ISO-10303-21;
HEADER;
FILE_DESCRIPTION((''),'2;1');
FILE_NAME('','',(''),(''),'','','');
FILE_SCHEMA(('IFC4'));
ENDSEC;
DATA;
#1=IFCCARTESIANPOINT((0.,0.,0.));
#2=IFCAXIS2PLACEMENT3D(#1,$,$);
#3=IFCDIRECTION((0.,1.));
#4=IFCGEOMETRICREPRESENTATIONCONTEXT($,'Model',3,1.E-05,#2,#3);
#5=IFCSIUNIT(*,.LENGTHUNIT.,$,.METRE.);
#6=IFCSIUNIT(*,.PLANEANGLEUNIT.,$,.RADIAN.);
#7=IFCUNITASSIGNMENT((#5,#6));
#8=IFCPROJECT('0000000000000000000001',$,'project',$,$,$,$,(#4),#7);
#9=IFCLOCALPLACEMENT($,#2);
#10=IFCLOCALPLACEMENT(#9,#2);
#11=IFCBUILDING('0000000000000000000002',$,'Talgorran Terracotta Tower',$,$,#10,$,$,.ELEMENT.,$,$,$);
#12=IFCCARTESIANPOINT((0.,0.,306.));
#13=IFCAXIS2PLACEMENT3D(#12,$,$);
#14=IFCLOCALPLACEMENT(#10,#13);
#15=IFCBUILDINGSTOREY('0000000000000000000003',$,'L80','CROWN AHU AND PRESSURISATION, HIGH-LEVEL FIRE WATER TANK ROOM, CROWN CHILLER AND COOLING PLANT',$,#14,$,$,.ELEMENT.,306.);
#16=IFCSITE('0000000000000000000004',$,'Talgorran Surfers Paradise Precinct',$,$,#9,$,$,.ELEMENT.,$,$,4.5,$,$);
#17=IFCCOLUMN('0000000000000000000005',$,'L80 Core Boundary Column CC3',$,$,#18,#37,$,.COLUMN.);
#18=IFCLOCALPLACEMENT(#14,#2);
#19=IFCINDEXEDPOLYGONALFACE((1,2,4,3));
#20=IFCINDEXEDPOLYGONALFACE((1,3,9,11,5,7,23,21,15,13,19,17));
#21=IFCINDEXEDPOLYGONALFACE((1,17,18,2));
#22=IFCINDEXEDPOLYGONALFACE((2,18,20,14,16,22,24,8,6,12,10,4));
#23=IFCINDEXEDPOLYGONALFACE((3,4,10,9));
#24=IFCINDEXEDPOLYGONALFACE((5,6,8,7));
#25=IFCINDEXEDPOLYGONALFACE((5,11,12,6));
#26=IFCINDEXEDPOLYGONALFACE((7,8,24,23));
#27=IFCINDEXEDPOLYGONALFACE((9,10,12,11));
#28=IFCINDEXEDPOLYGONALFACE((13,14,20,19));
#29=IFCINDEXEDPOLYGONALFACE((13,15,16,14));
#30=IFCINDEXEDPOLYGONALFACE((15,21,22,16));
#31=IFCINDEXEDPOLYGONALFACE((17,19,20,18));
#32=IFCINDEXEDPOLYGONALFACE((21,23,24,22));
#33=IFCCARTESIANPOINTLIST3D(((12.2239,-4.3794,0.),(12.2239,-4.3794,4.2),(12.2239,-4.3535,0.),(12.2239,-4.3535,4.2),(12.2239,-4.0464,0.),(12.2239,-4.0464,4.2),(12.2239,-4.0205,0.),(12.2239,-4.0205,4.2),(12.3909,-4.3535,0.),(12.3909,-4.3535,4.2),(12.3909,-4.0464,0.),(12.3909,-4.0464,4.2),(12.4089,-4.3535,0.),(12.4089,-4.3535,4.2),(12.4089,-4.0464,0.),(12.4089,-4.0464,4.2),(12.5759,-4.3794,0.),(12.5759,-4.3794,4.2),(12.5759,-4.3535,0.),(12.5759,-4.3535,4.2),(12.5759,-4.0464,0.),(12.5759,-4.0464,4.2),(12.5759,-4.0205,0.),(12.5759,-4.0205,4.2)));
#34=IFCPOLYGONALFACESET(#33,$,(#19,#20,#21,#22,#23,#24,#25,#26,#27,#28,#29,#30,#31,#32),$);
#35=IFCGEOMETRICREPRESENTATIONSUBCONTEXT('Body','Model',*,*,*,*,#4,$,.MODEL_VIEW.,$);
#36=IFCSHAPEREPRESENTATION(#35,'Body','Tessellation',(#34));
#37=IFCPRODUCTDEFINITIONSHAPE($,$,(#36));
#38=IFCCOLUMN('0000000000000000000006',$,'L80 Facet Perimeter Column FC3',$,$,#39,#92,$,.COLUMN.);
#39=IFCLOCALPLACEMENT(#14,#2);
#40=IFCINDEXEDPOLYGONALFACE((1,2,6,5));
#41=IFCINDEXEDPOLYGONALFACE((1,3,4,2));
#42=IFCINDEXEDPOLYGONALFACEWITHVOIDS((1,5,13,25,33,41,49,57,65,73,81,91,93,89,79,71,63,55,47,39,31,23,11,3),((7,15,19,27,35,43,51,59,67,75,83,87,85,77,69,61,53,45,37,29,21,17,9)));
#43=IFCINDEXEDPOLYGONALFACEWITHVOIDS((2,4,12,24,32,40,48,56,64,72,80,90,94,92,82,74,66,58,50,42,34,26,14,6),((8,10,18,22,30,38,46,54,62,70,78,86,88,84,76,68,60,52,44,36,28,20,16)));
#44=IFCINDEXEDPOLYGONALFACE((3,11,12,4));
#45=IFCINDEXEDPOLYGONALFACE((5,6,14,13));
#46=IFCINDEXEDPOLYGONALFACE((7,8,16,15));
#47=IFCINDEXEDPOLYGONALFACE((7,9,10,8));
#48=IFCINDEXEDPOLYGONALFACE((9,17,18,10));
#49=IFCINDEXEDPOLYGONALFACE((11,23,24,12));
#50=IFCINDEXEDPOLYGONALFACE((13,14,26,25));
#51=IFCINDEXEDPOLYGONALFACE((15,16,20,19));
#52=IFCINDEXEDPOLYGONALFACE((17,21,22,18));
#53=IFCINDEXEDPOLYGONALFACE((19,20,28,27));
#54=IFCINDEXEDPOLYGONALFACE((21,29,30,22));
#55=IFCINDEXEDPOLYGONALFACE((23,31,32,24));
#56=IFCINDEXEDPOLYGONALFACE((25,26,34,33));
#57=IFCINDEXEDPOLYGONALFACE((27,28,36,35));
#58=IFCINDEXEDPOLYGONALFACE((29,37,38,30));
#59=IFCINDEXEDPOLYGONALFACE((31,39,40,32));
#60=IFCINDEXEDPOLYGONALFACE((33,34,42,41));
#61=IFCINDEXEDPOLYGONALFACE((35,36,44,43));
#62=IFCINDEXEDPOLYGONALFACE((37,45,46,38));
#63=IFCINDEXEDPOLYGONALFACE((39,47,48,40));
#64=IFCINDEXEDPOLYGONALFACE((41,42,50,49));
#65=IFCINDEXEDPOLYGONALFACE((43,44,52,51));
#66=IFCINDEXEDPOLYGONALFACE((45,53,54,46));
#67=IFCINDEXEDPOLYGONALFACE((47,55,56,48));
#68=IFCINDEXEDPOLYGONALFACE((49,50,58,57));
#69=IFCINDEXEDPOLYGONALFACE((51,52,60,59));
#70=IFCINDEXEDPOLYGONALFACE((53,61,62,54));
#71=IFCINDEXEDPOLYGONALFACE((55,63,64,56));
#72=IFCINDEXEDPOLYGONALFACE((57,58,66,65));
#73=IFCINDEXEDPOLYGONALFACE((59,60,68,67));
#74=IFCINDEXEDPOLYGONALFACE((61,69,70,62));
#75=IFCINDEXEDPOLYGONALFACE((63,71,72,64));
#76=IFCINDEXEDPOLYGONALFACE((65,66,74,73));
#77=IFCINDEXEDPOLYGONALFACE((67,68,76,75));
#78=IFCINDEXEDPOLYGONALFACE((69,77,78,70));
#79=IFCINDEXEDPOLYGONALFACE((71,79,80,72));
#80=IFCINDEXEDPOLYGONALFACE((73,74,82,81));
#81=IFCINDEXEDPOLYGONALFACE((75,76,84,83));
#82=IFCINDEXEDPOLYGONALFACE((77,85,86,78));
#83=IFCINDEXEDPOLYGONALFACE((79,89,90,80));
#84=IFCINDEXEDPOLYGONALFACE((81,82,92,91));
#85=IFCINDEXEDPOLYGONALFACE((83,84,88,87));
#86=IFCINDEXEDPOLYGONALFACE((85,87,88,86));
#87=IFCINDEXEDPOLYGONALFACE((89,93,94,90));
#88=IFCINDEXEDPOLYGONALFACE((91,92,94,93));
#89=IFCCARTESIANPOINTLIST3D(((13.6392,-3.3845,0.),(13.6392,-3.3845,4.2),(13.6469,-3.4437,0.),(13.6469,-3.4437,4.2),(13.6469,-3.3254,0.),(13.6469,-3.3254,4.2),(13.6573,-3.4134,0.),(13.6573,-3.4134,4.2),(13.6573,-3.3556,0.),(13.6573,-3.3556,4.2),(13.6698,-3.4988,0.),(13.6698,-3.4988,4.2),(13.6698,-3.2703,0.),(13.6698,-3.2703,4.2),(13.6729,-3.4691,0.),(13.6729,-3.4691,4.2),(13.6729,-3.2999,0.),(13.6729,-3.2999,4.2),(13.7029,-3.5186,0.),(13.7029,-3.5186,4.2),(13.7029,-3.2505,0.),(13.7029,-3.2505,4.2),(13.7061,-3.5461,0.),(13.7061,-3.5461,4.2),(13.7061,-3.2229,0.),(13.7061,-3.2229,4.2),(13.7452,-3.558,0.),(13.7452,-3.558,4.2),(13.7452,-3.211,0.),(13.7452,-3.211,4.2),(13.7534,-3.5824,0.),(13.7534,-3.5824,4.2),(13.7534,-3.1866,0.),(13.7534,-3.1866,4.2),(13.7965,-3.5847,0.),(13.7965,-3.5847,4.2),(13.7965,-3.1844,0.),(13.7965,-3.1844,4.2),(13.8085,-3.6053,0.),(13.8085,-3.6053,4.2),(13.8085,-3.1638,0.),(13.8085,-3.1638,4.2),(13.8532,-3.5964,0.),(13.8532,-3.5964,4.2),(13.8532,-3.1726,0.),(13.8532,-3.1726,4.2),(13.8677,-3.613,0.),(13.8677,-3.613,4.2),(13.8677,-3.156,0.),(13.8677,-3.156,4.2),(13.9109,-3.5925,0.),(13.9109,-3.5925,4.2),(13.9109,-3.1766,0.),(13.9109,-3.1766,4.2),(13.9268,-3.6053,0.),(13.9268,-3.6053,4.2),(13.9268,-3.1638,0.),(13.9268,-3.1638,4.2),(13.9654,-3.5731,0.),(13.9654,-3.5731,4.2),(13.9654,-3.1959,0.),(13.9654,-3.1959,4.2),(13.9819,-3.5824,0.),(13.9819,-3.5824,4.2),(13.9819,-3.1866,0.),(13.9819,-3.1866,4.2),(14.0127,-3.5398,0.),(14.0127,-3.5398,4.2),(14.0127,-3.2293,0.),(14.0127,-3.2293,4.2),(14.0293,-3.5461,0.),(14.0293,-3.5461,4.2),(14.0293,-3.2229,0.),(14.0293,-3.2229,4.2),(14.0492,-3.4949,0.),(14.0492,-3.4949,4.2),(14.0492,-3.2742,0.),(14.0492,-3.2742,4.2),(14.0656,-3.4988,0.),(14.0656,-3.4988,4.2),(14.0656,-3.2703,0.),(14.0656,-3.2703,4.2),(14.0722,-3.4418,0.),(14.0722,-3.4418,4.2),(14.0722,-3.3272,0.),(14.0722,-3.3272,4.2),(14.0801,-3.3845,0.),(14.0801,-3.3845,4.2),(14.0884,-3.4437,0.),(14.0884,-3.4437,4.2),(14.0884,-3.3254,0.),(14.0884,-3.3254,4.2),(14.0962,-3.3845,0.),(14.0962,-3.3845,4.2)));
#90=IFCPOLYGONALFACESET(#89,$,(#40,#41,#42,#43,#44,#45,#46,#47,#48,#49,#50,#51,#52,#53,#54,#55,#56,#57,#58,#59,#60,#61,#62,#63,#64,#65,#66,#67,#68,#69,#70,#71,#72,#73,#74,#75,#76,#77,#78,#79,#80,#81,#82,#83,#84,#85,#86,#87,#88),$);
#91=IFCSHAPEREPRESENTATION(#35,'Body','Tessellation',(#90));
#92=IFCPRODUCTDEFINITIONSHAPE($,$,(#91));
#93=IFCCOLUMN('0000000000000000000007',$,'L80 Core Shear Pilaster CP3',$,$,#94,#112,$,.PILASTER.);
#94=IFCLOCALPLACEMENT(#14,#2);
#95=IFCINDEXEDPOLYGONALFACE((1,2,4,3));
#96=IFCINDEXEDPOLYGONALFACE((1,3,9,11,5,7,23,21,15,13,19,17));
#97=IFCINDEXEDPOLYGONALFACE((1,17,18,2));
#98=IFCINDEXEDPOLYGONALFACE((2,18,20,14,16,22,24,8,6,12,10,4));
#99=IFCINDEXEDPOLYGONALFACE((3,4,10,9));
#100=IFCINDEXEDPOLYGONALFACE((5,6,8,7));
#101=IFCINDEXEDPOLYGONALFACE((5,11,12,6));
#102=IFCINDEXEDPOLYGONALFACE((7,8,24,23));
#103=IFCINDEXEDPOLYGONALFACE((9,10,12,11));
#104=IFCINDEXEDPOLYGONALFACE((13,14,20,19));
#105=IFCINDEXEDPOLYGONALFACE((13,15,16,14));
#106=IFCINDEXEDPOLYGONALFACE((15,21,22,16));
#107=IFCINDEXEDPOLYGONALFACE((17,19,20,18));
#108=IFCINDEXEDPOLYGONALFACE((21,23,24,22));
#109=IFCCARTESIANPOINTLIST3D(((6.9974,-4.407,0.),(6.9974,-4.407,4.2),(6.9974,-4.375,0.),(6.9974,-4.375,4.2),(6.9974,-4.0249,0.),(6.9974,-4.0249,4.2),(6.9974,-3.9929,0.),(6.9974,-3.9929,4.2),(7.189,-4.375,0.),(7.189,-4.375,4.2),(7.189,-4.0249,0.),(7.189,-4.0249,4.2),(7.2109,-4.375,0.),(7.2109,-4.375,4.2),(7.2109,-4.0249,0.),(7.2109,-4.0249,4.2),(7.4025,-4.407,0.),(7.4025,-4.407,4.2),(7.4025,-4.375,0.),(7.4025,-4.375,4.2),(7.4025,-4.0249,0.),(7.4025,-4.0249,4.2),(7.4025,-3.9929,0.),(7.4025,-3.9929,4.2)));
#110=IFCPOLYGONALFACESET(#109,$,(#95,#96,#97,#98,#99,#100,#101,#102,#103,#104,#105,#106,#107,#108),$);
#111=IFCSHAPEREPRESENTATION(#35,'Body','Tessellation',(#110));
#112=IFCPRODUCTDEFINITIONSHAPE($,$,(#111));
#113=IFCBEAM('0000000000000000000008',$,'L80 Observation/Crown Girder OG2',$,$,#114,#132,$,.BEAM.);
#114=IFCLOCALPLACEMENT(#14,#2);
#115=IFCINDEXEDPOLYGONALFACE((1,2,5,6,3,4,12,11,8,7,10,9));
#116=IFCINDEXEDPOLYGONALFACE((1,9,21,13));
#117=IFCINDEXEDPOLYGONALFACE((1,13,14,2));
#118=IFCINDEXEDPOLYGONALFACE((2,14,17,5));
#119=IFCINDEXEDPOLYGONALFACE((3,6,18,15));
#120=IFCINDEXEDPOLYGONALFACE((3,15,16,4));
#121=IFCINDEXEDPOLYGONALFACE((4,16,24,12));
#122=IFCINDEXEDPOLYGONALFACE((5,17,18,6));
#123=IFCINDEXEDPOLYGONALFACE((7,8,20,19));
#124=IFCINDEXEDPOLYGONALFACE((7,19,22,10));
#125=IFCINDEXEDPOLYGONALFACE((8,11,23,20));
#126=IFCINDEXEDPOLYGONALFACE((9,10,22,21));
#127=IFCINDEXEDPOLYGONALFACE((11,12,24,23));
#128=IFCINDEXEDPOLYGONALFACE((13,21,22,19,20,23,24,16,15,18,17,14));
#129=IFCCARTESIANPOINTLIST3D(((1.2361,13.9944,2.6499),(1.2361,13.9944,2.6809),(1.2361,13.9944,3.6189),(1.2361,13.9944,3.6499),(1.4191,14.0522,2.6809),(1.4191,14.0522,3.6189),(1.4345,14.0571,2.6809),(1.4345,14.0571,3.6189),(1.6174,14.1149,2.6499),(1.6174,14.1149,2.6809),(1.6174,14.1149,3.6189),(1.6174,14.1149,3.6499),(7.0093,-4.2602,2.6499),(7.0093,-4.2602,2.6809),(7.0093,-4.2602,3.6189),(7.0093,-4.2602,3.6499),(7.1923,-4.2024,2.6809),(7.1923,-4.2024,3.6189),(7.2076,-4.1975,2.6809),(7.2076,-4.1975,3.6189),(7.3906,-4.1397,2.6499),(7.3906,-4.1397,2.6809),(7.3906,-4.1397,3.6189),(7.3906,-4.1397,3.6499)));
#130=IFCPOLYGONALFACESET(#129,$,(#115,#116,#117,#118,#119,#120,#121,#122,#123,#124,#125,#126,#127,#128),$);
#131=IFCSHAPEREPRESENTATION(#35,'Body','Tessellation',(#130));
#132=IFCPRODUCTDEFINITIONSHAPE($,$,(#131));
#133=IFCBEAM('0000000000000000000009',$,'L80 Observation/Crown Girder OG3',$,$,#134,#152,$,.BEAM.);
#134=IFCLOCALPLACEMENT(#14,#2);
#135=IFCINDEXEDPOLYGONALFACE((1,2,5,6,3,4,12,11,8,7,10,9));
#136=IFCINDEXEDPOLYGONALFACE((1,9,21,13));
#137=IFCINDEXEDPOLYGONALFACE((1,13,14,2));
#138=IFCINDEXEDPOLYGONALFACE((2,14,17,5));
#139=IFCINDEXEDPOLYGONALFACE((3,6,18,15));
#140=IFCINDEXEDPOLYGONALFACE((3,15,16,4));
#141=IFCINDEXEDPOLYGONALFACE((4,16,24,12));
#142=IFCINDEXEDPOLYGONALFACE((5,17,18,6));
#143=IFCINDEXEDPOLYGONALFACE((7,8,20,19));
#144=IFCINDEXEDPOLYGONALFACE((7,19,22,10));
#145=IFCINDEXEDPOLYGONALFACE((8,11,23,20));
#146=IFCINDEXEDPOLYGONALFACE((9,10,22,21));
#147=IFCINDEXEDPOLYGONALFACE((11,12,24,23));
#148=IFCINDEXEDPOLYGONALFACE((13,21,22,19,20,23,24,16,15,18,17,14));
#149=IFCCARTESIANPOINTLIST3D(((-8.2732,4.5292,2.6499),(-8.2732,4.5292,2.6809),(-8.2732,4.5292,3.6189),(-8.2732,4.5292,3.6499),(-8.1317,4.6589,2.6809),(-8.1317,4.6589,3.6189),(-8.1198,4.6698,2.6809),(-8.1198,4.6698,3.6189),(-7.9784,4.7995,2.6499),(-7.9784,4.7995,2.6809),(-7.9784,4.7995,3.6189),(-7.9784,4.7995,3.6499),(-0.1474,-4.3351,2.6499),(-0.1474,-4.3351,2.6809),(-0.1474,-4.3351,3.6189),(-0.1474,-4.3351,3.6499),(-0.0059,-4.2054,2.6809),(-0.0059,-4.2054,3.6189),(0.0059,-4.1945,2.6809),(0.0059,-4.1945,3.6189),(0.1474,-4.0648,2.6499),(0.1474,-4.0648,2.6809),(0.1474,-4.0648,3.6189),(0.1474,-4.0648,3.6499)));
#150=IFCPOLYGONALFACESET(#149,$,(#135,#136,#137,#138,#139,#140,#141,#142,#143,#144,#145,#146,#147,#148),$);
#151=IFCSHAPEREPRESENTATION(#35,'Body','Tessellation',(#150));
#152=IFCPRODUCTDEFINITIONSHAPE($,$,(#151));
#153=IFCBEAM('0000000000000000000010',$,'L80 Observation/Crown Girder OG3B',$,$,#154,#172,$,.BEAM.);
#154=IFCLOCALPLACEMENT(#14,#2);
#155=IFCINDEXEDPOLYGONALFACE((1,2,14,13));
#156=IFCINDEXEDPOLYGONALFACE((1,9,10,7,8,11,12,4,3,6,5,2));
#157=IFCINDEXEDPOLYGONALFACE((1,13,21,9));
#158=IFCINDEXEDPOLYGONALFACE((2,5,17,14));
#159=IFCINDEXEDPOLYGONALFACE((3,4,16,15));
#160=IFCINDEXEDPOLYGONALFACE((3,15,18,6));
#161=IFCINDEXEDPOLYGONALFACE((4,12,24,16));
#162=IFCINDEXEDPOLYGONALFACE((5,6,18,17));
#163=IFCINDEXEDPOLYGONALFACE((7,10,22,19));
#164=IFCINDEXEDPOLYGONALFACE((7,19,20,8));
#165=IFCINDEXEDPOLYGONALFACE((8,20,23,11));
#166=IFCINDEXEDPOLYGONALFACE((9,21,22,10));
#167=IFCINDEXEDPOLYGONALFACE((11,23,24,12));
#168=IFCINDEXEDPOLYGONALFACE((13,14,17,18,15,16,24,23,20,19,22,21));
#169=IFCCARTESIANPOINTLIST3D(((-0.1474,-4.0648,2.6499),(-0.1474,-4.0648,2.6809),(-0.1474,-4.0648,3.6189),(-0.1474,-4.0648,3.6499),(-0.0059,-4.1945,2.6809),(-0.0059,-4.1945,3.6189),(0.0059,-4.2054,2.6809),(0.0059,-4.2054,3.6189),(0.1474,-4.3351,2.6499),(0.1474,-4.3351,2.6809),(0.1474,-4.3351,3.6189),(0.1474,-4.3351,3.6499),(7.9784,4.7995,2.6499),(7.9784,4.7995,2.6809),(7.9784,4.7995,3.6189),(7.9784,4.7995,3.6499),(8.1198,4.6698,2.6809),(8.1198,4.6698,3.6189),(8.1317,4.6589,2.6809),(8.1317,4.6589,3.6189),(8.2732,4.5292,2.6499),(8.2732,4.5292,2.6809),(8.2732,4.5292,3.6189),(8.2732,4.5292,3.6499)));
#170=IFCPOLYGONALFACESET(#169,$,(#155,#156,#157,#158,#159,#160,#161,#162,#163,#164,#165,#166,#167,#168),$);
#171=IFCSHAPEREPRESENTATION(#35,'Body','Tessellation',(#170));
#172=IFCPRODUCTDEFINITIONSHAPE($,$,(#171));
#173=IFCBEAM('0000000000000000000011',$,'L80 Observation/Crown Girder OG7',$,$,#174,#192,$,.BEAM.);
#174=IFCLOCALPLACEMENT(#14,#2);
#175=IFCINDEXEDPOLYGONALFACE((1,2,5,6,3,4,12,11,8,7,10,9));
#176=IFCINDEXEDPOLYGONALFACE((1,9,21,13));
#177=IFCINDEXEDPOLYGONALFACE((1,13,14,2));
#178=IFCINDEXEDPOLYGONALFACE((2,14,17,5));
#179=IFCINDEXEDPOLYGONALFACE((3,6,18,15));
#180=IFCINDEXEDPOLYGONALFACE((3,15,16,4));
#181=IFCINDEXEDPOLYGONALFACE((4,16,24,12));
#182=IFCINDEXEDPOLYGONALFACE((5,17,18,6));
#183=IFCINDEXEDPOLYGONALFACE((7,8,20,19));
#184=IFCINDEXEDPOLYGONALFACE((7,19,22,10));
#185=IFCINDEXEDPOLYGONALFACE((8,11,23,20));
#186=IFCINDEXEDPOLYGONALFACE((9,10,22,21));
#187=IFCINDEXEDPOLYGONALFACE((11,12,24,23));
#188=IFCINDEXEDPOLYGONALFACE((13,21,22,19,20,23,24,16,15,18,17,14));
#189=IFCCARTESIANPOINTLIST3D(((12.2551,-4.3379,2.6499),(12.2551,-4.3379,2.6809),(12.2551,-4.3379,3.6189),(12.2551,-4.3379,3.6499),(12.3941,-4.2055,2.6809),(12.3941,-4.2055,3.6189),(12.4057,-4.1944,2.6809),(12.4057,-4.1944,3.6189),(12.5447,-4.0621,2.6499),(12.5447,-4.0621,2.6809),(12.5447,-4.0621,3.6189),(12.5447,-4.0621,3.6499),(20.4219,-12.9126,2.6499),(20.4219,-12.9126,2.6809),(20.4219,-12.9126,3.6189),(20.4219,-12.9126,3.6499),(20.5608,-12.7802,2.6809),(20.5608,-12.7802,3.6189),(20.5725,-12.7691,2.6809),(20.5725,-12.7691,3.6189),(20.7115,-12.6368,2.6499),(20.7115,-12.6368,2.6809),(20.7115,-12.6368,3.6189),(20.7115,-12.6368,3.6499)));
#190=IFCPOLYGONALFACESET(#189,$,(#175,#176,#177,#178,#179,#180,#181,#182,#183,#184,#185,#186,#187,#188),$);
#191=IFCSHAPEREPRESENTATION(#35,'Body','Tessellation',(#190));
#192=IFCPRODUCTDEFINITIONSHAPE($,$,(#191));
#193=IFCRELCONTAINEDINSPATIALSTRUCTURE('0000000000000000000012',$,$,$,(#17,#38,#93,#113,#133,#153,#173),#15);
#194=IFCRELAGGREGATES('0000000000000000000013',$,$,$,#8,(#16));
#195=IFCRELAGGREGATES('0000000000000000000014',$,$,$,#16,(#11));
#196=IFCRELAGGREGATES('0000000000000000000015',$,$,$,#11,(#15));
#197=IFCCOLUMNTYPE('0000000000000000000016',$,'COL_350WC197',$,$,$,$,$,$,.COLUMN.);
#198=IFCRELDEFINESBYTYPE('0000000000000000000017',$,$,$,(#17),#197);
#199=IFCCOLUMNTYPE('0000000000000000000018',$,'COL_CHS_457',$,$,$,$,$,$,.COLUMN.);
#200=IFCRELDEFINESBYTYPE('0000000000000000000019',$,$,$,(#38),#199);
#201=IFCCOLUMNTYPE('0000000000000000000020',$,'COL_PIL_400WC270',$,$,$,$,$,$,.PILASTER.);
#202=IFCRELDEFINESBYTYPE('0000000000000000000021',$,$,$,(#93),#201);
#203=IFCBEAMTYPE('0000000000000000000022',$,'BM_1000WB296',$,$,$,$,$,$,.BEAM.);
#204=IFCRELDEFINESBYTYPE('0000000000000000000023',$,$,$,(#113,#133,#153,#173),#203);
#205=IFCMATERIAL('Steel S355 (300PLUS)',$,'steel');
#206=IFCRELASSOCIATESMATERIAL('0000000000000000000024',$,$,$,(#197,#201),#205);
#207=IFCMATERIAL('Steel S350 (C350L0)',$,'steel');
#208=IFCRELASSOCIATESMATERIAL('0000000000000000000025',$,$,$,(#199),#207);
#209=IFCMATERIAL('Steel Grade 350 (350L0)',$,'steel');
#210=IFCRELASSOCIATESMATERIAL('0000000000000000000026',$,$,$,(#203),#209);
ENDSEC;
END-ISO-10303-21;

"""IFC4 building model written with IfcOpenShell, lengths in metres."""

from ifc_helpers import new_model, si_unit, direction, frame, origin, origin_2d, place, context, subcontext, project, spatial, hollow_circle, i_section, extrude, material, material_profile, profile_set, type_object, element, save


model = new_model("IFC4")

# Units and contexts
model_context = context("Model", 3, precision=1e-05, world=origin(), true_north=direction((0.0, 1.0)))
body_context = subcontext(model_context, "Body", "Model", "MODEL_VIEW")
ifc_project = project(units=[si_unit("LENGTHUNIT", "METRE"), si_unit("PLANEANGLEUNIT", "RADIAN")], contexts=[model_context])

# Site, building, storey
site_placement = place(None, origin())
site = spatial("IfcSite", under=ifc_project, at=site_placement, Name="Talgorran Surfers Paradise Precinct", CompositionType="ELEMENT", RefElevation=4.5)
building_placement = place(site_placement, origin())
building = spatial("IfcBuilding", under=site, at=building_placement, Name="Talgorran Terracotta Tower", CompositionType="ELEMENT")
storey_placement = place(building_placement, frame((0.0, 0.0, 306.0)))
storey = spatial("IfcBuildingStorey", under=building, at=storey_placement, Name="L80", Description="CROWN AHU AND PRESSURISATION, HIGH-LEVEL FIRE WATER TANK ROOM, CROWN CHILLER AND COOLING PLANT", CompositionType="ELEMENT", Elevation=306.0)

# Columns
ifc_material_1 = material(Name="Steel S355 (300PLUS)", Category="steel")
ifc_material_profile_1 = material_profile(ifc_material_1, i_section(OverallWidth=0.3521, OverallDepth=0.3589, WebThickness=0.0181, FlangeThickness=0.0259, at=origin_2d()), Name="350WC197")
ifc_profile_set_1 = profile_set([ifc_material_profile_1], Name="Steel S355 (300PLUS)")
column_type_1 = type_object("IfcColumnType", Name="COL_350WC197", PredefinedType="COLUMN", material=ifc_profile_set_1)
column_1_placement = place(storey_placement, frame((12.3999, -4.2, 0.0), z_axis=(0.0, 0.0, 1.0), x_axis=(1.0, 0.0, 0.0)))
element("IfcColumn", 1, at=column_1_placement, inside=storey, type_object=column_type_1, Name="L80 Core Boundary Column CC3", PredefinedType="COLUMN", context=body_context, shape_type="SweptSolid", body=[
    extrude(i_section(OverallWidth=0.3521, OverallDepth=0.3589, WebThickness=0.0181, FlangeThickness=0.0259, at=origin_2d()), origin(), (0.0, 0.0, 1.0), 4.2),
])
ifc_material_2 = material(Name="Steel S350 (C350L0)", Category="steel")
ifc_material_profile_2 = material_profile(ifc_material_2, hollow_circle(Radius=0.2285, WallThickness=0.0161, at=origin_2d()), Name="CHS457X16")
ifc_profile_set_2 = profile_set([ifc_material_profile_2], Name="Steel S350 (C350L0)")
column_type_2 = type_object("IfcColumnType", Name="COL_CHS_457", PredefinedType="COLUMN", material=ifc_profile_set_2)
column_2_placement = place(storey_placement, frame((13.8677, -3.3845, 0.0), z_axis=(0.0, 0.0, 1.0), x_axis=(1.0, 0.0, 0.0)))
element("IfcColumn", 2, at=column_2_placement, inside=storey, type_object=column_type_2, Name="L80 Facet Perimeter Column FC3", PredefinedType="COLUMN", context=body_context, shape_type="SweptSolid", body=[
    extrude(hollow_circle(Radius=0.2285, WallThickness=0.0161, at=origin_2d()), origin(), (0.0, 0.0, 1.0), 4.2),
])
ifc_material_profile_3 = material_profile(ifc_material_1, i_section(OverallWidth=0.405, OverallDepth=0.4141, WebThickness=0.022, FlangeThickness=0.032, at=origin_2d()), Name="400WC270")
ifc_profile_set_3 = profile_set([ifc_material_profile_3], Name="Steel S355 (300PLUS)")
column_type_3 = type_object("IfcColumnType", Name="COL_PIL_400WC270", PredefinedType="PILASTER", material=ifc_profile_set_3)
column_3_placement = place(storey_placement, frame((7.2, -4.2, 0.0), z_axis=(0.0, 0.0, 1.0), x_axis=(1.0, 0.0, 0.0)))
element("IfcColumn", 3, at=column_3_placement, inside=storey, type_object=column_type_3, Name="L80 Core Shear Pilaster CP3", PredefinedType="PILASTER", context=body_context, shape_type="SweptSolid", body=[
    extrude(i_section(OverallWidth=0.405, OverallDepth=0.4141, WebThickness=0.022, FlangeThickness=0.032, at=origin_2d()), origin(), (0.0, 0.0, 1.0), 4.2),
])

# Beams
ifc_material_3 = material(Name="Steel Grade 350 (350L0)", Category="steel")
ifc_material_profile_4 = material_profile(ifc_material_3, i_section(OverallWidth=0.3999, OverallDepth=1.0, WebThickness=0.0161, FlangeThickness=0.031, at=origin_2d()), Name="1000WB296")
ifc_profile_set_4 = profile_set([ifc_material_profile_4], Name="Steel Grade 350 (350L0)")
beam_type_1 = type_object("IfcBeamType", Name="BM_1000WB296", PredefinedType="BEAM", material=ifc_profile_set_4)
beam_1_placement = place(storey_placement, frame((7.2, -4.2, 3.1499), z_axis=(-0.301538, 0.953454, 0.0), x_axis=(-0.953454, -0.301538, 0.0)))
element("IfcBeam", 4, at=beam_1_placement, inside=storey, type_object=beam_type_1, Name="L80 Observation/Crown Girder OG2", PredefinedType="BEAM", context=body_context, shape_type="SweptSolid", body=[
    extrude(i_section(OverallWidth=0.3999, OverallDepth=1.0, WebThickness=0.0161, FlangeThickness=0.031, at=origin_2d()), origin(), (0.0, 0.0, 1.0), 19.1458),
])
for number, where, z_axis, x_axis, name in (
    (5, (0.0, -4.2, 3.1499), (-0.675732, 0.737147, 0.0), (-0.737147, -0.675732, 0.0), "L80 Observation/Crown Girder OG3"),
    (6, (0.0, -4.2, 3.1499), (0.675732, 0.737147, 0.0), (-0.737147, 0.675732, 0.0), "L80 Observation/Crown Girder OG3B"),
):
    element("IfcBeam", number, at=place(storey_placement, frame(where, z_axis=z_axis, x_axis=x_axis)), inside=storey, type_object=beam_type_1, Name=name, PredefinedType="BEAM", context=body_context, shape_type="SweptSolid", body=[
        extrude(i_section(OverallWidth=0.3999, OverallDepth=1.0, WebThickness=0.0161, FlangeThickness=0.031, at=origin_2d()), origin(), (0.0, 0.0, 1.0), 12.0251),
    ])
beam_2_placement = place(storey_placement, frame((12.3999, -4.2, 3.1499), z_axis=(0.689671, -0.724123, 0.0), x_axis=(0.724123, 0.689671, 0.0)))
element("IfcBeam", 7, at=beam_2_placement, inside=storey, type_object=beam_type_1, Name="L80 Observation/Crown Girder OG7", PredefinedType="BEAM", context=body_context, shape_type="SweptSolid", body=[
    extrude(i_section(OverallWidth=0.3999, OverallDepth=1.0, WebThickness=0.0161, FlangeThickness=0.031, at=origin_2d()), origin(), (0.0, 0.0, 1.0), 11.8416),
])

save(model, "model.ifc")
